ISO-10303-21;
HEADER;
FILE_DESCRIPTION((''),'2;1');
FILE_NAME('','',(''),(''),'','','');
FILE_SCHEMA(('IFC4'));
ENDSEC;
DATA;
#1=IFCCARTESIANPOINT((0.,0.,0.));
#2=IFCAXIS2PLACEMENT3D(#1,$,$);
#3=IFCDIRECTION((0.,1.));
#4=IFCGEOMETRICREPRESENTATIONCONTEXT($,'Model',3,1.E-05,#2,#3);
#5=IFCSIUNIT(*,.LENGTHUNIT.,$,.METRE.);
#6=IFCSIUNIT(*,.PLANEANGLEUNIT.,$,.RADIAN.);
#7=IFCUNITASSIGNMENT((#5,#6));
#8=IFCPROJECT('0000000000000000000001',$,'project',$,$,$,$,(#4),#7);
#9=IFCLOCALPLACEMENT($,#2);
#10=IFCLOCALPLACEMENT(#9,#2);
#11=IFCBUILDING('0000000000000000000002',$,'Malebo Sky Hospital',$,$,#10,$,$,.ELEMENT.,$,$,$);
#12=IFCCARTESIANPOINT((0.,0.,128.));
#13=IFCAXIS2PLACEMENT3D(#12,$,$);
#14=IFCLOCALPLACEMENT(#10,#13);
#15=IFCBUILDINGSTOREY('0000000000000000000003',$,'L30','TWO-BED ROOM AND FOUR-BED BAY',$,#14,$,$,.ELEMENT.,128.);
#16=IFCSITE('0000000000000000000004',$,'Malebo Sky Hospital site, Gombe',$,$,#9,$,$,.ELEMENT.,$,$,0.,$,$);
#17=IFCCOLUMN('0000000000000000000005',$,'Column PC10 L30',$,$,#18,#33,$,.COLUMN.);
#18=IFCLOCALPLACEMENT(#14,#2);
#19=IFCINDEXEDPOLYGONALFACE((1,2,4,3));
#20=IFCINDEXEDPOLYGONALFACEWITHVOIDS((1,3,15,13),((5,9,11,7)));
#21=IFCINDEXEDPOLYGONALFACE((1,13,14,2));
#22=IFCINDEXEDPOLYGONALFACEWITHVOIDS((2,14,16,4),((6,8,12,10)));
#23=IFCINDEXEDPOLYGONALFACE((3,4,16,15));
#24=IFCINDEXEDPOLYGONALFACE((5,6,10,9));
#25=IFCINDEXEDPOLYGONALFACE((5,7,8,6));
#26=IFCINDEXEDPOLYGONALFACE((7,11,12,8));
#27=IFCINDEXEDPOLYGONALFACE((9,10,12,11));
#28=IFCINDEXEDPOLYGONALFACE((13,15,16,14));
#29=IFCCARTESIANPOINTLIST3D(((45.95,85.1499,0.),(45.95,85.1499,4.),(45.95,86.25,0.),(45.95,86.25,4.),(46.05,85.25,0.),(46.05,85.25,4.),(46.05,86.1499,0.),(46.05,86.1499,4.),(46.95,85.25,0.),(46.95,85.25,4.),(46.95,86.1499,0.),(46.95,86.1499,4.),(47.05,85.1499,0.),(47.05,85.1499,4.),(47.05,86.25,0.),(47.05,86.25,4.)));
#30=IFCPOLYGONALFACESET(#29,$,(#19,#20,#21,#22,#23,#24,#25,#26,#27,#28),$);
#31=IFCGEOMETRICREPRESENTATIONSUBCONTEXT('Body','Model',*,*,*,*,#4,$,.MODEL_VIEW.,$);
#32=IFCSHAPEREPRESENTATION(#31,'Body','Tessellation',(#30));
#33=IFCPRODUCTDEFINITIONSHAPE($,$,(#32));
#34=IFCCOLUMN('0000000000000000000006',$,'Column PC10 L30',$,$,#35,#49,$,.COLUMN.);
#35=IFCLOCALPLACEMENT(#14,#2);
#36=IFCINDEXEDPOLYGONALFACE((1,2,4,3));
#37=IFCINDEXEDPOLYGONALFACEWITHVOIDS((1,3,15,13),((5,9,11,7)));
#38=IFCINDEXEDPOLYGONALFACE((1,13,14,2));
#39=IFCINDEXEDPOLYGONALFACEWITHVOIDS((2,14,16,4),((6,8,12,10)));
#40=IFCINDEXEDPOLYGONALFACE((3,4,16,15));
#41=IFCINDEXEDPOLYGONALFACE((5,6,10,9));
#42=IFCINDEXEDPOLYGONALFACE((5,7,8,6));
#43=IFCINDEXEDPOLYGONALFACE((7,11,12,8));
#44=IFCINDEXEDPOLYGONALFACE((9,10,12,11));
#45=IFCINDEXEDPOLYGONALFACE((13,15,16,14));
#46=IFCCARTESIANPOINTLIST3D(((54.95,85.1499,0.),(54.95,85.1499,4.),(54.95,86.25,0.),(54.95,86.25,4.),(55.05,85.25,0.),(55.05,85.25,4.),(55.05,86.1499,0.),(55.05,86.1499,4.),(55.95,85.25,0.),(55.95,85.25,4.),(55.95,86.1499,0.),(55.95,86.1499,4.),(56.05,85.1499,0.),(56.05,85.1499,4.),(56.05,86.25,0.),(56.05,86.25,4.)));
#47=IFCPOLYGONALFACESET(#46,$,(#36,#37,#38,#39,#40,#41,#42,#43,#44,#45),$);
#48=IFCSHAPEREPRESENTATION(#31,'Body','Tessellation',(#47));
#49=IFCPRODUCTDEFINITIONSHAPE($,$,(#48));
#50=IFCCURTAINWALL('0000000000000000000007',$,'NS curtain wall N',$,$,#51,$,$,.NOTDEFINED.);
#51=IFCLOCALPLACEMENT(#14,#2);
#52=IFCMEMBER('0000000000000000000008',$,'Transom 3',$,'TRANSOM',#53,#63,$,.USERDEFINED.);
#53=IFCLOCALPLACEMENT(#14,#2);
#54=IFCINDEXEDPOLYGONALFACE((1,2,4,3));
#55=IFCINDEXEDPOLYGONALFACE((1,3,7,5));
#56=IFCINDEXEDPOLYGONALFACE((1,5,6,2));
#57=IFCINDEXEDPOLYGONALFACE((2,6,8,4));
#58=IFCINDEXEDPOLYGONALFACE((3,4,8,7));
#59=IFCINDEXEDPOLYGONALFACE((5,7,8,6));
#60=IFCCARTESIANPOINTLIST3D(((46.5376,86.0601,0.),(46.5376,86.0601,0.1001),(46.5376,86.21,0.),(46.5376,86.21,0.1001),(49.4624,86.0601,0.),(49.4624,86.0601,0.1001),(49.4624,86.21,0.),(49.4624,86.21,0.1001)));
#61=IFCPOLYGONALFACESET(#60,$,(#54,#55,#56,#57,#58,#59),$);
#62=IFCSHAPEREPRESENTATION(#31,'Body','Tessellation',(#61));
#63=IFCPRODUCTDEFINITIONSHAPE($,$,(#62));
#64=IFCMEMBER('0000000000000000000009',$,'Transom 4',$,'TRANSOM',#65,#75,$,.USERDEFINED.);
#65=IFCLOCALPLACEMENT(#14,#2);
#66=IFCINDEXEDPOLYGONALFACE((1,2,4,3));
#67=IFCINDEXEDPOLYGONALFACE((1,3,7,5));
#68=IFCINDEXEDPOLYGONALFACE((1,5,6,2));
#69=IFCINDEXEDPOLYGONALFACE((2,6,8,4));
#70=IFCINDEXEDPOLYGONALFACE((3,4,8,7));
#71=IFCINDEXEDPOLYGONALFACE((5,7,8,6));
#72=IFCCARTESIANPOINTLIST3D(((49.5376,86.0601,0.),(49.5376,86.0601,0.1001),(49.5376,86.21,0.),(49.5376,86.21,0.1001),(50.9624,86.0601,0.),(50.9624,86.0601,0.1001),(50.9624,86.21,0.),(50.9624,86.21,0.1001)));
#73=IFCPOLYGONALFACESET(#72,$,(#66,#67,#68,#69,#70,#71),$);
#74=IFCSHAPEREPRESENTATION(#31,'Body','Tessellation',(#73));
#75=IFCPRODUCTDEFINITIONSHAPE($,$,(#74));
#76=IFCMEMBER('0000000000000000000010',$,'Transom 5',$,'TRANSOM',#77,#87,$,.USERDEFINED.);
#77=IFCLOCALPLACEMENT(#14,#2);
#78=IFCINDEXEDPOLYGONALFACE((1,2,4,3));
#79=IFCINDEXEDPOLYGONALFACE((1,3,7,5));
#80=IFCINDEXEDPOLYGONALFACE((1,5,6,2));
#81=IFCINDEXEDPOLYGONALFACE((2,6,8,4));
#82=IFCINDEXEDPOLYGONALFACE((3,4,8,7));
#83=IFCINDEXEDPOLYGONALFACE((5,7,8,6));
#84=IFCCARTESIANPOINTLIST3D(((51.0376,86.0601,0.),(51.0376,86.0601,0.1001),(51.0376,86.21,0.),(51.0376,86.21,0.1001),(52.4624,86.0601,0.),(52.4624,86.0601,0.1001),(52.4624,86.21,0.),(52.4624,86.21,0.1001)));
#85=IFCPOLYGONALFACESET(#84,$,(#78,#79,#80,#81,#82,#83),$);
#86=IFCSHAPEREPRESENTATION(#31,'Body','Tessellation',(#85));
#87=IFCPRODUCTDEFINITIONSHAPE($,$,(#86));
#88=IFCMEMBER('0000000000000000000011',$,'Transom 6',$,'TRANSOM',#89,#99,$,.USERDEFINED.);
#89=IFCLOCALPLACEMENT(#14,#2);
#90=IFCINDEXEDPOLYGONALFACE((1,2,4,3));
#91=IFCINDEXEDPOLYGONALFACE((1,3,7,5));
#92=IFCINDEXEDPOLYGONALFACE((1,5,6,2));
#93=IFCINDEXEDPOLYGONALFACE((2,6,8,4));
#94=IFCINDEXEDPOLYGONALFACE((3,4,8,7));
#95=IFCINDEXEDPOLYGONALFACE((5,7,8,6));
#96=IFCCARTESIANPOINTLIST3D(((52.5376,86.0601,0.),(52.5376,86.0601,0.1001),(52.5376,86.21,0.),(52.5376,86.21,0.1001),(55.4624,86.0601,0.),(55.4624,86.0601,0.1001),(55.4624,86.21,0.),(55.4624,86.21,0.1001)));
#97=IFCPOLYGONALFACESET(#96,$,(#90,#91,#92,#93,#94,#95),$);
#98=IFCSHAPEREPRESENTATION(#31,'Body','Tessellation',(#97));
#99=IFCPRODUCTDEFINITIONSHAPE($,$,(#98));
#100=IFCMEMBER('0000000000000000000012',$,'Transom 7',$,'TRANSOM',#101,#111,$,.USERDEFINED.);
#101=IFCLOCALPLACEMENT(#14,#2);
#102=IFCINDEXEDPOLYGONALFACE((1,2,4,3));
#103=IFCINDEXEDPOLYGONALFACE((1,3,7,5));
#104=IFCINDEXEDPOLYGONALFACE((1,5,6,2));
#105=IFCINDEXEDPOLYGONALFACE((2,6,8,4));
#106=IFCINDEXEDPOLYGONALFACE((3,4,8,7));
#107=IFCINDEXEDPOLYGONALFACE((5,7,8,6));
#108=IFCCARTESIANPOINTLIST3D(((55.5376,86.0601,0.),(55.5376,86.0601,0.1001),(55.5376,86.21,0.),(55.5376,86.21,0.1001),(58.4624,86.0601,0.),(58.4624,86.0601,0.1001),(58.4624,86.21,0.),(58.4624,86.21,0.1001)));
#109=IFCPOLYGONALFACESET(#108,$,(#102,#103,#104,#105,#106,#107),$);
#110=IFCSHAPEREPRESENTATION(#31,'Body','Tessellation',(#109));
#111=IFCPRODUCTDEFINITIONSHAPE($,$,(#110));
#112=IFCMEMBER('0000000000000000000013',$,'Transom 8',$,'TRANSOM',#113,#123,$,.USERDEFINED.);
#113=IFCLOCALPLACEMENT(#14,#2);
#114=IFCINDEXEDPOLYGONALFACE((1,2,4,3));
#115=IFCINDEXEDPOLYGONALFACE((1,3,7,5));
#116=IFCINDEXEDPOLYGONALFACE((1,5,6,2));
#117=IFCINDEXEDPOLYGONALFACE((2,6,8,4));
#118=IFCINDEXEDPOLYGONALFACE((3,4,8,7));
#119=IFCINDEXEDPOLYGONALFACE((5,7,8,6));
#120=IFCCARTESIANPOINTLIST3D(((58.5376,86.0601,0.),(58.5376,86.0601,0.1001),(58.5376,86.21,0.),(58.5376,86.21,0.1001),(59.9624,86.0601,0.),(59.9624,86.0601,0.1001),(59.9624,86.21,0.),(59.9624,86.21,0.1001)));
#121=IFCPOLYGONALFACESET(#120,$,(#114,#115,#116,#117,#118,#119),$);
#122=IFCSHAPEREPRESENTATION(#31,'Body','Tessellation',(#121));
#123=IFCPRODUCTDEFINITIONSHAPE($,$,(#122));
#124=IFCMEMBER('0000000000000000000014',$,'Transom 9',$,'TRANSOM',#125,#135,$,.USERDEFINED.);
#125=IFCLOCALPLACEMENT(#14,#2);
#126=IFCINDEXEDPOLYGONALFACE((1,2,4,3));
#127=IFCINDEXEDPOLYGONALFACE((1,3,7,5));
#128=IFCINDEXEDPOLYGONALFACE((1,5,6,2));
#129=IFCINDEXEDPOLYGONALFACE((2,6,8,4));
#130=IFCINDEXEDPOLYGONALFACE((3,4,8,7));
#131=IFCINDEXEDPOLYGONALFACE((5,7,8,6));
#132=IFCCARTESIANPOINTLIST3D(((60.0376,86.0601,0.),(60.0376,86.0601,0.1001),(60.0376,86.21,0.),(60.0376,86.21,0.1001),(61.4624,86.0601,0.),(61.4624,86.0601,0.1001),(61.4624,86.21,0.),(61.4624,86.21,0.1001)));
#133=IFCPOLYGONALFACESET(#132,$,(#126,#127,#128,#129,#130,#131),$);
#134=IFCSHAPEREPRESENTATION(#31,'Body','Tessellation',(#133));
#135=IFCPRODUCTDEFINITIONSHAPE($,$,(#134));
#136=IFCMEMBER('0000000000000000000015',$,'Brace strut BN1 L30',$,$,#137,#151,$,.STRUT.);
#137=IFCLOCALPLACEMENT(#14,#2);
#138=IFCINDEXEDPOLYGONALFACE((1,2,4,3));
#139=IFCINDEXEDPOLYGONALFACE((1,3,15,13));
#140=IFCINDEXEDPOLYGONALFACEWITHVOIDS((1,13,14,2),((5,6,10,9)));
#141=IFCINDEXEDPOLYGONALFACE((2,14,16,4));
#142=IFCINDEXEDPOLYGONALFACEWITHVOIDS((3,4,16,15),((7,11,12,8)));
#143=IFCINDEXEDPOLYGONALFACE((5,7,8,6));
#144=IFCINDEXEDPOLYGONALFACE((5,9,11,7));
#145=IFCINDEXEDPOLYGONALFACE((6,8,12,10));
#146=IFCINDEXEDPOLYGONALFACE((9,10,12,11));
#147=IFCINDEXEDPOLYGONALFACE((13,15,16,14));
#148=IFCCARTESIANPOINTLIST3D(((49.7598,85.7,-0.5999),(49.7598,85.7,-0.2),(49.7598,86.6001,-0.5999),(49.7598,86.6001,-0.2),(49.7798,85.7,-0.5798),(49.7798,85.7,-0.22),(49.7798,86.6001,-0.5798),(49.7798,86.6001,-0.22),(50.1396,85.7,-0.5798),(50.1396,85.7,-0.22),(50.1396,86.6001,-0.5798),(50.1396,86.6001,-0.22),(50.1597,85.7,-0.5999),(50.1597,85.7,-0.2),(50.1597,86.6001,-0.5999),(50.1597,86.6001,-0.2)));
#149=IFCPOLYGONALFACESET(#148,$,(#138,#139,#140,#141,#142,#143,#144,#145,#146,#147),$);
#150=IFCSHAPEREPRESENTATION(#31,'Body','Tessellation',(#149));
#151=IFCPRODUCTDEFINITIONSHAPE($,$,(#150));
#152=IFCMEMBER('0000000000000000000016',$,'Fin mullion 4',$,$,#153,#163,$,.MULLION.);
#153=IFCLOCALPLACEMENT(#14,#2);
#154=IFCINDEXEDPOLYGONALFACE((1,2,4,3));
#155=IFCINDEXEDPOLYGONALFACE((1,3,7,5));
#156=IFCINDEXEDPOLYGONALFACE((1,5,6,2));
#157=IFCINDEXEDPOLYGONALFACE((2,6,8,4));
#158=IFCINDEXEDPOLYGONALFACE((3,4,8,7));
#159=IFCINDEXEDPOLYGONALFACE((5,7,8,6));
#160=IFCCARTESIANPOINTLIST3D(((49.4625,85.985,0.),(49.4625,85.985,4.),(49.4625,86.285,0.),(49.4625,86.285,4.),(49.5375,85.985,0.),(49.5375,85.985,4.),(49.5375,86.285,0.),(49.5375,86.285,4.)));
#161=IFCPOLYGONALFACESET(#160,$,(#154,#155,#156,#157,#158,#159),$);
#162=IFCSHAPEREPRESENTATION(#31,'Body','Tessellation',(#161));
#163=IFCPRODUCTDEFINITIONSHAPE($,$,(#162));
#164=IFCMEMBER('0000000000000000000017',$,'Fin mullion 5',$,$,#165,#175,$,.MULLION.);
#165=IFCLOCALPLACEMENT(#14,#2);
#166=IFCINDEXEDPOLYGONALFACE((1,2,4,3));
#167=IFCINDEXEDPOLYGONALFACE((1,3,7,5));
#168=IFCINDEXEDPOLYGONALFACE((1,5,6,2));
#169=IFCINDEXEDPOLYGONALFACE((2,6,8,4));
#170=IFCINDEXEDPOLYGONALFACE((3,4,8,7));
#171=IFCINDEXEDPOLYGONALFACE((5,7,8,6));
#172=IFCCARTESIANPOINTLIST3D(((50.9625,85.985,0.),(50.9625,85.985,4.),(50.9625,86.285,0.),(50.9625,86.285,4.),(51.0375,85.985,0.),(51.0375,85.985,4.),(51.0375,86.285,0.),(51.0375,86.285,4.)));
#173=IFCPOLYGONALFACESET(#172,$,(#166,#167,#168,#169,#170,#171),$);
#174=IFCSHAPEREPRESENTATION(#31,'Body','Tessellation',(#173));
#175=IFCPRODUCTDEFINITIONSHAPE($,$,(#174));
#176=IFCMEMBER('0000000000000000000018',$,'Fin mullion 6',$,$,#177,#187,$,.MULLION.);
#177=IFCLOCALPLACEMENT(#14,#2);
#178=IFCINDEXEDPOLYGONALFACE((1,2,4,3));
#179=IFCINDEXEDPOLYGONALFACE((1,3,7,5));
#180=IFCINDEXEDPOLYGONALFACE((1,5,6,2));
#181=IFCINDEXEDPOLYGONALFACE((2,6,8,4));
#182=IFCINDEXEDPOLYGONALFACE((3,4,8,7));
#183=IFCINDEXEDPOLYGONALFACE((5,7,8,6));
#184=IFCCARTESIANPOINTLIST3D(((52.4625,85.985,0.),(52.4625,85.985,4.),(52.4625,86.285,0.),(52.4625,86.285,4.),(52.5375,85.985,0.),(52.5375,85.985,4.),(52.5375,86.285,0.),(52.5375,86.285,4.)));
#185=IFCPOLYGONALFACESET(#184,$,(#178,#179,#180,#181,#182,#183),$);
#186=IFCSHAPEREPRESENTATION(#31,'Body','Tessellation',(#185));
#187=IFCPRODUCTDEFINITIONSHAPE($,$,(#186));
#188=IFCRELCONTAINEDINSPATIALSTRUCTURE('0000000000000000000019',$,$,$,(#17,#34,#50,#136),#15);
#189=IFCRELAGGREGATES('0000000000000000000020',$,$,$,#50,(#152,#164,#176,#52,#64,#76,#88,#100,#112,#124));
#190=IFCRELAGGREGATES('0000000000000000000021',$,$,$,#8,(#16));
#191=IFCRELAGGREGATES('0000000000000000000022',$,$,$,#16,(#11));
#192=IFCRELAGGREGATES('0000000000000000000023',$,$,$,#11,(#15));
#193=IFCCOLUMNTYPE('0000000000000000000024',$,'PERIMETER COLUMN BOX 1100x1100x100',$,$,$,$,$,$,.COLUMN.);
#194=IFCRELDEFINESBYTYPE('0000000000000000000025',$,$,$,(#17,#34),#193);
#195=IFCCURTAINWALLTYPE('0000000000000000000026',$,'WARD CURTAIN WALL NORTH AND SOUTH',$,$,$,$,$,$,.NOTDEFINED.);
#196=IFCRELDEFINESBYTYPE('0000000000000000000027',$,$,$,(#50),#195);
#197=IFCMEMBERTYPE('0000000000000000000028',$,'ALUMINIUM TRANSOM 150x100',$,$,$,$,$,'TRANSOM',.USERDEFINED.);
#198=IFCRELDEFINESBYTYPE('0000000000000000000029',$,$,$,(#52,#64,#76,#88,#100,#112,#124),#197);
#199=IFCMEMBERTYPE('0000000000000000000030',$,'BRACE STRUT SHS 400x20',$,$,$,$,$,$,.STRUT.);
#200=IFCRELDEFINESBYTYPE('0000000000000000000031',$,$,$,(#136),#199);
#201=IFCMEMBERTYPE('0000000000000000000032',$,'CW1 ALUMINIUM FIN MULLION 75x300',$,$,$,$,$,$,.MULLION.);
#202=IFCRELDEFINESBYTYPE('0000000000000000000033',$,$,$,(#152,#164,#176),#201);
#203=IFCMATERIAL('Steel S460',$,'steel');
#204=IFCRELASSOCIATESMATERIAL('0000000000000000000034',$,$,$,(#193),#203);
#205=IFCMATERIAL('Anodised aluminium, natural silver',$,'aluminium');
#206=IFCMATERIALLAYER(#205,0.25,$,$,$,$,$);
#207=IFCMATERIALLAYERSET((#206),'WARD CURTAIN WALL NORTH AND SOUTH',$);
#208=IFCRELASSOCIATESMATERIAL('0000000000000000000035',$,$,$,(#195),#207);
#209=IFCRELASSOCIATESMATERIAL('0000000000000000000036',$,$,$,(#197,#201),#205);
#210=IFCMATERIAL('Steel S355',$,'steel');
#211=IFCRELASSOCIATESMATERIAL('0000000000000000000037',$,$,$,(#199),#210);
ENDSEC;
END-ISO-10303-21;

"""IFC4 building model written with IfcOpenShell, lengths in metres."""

from ifc_helpers import new_model, si_unit, direction, frame, origin, origin_2d, place, context, subcontext, project, spatial, rectangle, hollow_rectangle, extrude, material, layer, layer_set, material_profile, profile_set, type_object, element, aggregate, save


model = new_model("IFC4")

# Units and contexts
model_context = context("Model", 3, precision=1e-05, world=origin(), true_north=direction((0.0, 1.0)))
body_context = subcontext(model_context, "Body", "Model", "MODEL_VIEW")
ifc_project = project(units=[si_unit("LENGTHUNIT", "METRE"), si_unit("PLANEANGLEUNIT", "RADIAN")], contexts=[model_context])

# Site, building, storey
site_placement = place(None, origin())
site = spatial("IfcSite", under=ifc_project, at=site_placement, Name="Malebo Sky Hospital site, Gombe", CompositionType="ELEMENT", RefElevation=0.0)
building_placement = place(site_placement, origin())
building = spatial("IfcBuilding", under=site, at=building_placement, Name="Malebo Sky Hospital", CompositionType="ELEMENT")
storey_placement = place(building_placement, frame((0.0, 0.0, 128.0)))
storey = spatial("IfcBuildingStorey", under=building, at=storey_placement, Name="L30", Description="TWO-BED ROOM AND FOUR-BED BAY", CompositionType="ELEMENT", Elevation=128.0)

# Columns
ifc_material_1 = material(Name="Steel S460", Category="steel")
ifc_material_profile_1 = material_profile(ifc_material_1, hollow_rectangle(XDim=1.1001, YDim=1.1001, WallThickness=0.1001, at=origin_2d()), Name="BOX 1100x1100x100")
ifc_profile_set_1 = profile_set([ifc_material_profile_1], Name="Steel S460")
column_type = type_object("IfcColumnType", Name="PERIMETER COLUMN BOX 1100x1100x100", PredefinedType="COLUMN", material=ifc_profile_set_1)
for number, where, z_axis, x_axis, name in (
    (1, (46.5, 85.7, 0.0), (0.0, 0.0, 1.0), (1.0, 0.0, 0.0), "Column PC10 L30"),
    (2, (55.5, 85.7, 0.0), (0.0, 0.0, 1.0), (1.0, 0.0, 0.0), "Column PC10 L30"),
):
    element("IfcColumn", number, at=place(storey_placement, frame(where, z_axis=z_axis, x_axis=x_axis)), inside=storey, type_object=column_type, Name=name, PredefinedType="COLUMN", context=body_context, shape_type="SweptSolid", body=[
        extrude(hollow_rectangle(XDim=1.1001, YDim=1.1001, WallThickness=0.1001, at=origin_2d()), origin(), (0.0, 0.0, 1.0), 4.0),
    ])

# Curtain wall, members
ifc_material_2 = material(Name="Anodised aluminium, natural silver", Category="aluminium")
ifc_layer_1 = layer(ifc_material_2, 0.25)
ifc_layer_set_1 = layer_set([ifc_layer_1], Name="WARD CURTAIN WALL NORTH AND SOUTH")
curtain_wall_type = type_object("IfcCurtainWallType", Name="WARD CURTAIN WALL NORTH AND SOUTH", PredefinedType="NOTDEFINED", material=ifc_layer_set_1)
curtain_wall_placement = place(storey_placement, origin())
curtain_wall = element("IfcCurtainWall", 3, at=curtain_wall_placement, inside=storey, type_object=curtain_wall_type, Name="NS curtain wall N", PredefinedType="NOTDEFINED")
ifc_material_profile_2 = material_profile(ifc_material_2, rectangle(XDim=0.1499, YDim=0.1001, at=origin_2d()), Name="ALUMINIUM TRANSOM 150x100")
ifc_profile_set_2 = profile_set([ifc_material_profile_2], Name="Anodised aluminium, natural silver")
member_type_1 = type_object("IfcMemberType", Name="ALUMINIUM TRANSOM 150x100", ElementType="TRANSOM", PredefinedType="USERDEFINED", material=ifc_profile_set_2)
member_1_placement = place(storey_placement, frame((46.5376, 86.135, 0.05), z_axis=(1.0, 0.0, 0.0), x_axis=(0.0, 1.0, 0.0)))
member_1 = element("IfcMember", 4, at=member_1_placement, type_object=member_type_1, Name="Transom 3", ObjectType="TRANSOM", PredefinedType="USERDEFINED", context=body_context, shape_type="SweptSolid", body=[
    extrude(rectangle(XDim=0.1499, YDim=0.1001, at=origin_2d()), origin(), (0.0, 0.0, 1.0), 2.9248),
])
member_2_placement = place(storey_placement, frame((49.5376, 86.135, 0.05), z_axis=(1.0, 0.0, 0.0), x_axis=(0.0, 1.0, 0.0)))
member_2 = element("IfcMember", 5, at=member_2_placement, type_object=member_type_1, Name="Transom 4", ObjectType="TRANSOM", PredefinedType="USERDEFINED", context=body_context, shape_type="SweptSolid", body=[
    extrude(rectangle(XDim=0.1499, YDim=0.1001, at=origin_2d()), origin(), (0.0, 0.0, 1.0), 1.4248),
])
member_3_placement = place(storey_placement, frame((51.0376, 86.135, 0.05), z_axis=(1.0, 0.0, 0.0), x_axis=(0.0, 1.0, 0.0)))
member_3 = element("IfcMember", 6, at=member_3_placement, type_object=member_type_1, Name="Transom 5", ObjectType="TRANSOM", PredefinedType="USERDEFINED", context=body_context, shape_type="SweptSolid", body=[
    extrude(rectangle(XDim=0.1499, YDim=0.1001, at=origin_2d()), origin(), (0.0, 0.0, 1.0), 1.4248),
])
member_4_placement = place(storey_placement, frame((52.5376, 86.135, 0.05), z_axis=(1.0, 0.0, 0.0), x_axis=(0.0, 1.0, 0.0)))
member_4 = element("IfcMember", 7, at=member_4_placement, type_object=member_type_1, Name="Transom 6", ObjectType="TRANSOM", PredefinedType="USERDEFINED", context=body_context, shape_type="SweptSolid", body=[
    extrude(rectangle(XDim=0.1499, YDim=0.1001, at=origin_2d()), origin(), (0.0, 0.0, 1.0), 2.9248),
])
member_5_placement = place(storey_placement, frame((55.5376, 86.135, 0.05), z_axis=(1.0, 0.0, 0.0), x_axis=(0.0, 1.0, 0.0)))
member_5 = element("IfcMember", 8, at=member_5_placement, type_object=member_type_1, Name="Transom 7", ObjectType="TRANSOM", PredefinedType="USERDEFINED", context=body_context, shape_type="SweptSolid", body=[
    extrude(rectangle(XDim=0.1499, YDim=0.1001, at=origin_2d()), origin(), (0.0, 0.0, 1.0), 2.9248),
])
member_6_placement = place(storey_placement, frame((58.5376, 86.135, 0.05), z_axis=(1.0, 0.0, 0.0), x_axis=(0.0, 1.0, 0.0)))
member_6 = element("IfcMember", 9, at=member_6_placement, type_object=member_type_1, Name="Transom 8", ObjectType="TRANSOM", PredefinedType="USERDEFINED", context=body_context, shape_type="SweptSolid", body=[
    extrude(rectangle(XDim=0.1499, YDim=0.1001, at=origin_2d()), origin(), (0.0, 0.0, 1.0), 1.4248),
])
member_7_placement = place(storey_placement, frame((60.0376, 86.135, 0.05), z_axis=(1.0, 0.0, 0.0), x_axis=(0.0, 1.0, 0.0)))
member_7 = element("IfcMember", 10, at=member_7_placement, type_object=member_type_1, Name="Transom 9", ObjectType="TRANSOM", PredefinedType="USERDEFINED", context=body_context, shape_type="SweptSolid", body=[
    extrude(rectangle(XDim=0.1499, YDim=0.1001, at=origin_2d()), origin(), (0.0, 0.0, 1.0), 1.4248),
])

# Members
ifc_material_3 = material(Name="Steel S355", Category="steel")
ifc_material_profile_3 = material_profile(ifc_material_3, hollow_rectangle(XDim=0.3999, YDim=0.3999, WallThickness=0.02, at=origin_2d()), Name="SHS 400x20")
ifc_profile_set_3 = profile_set([ifc_material_profile_3], Name="Steel S355")
member_type_2 = type_object("IfcMemberType", Name="BRACE STRUT SHS 400x20", PredefinedType="STRUT", material=ifc_profile_set_3)
member_8_placement = place(storey_placement, frame((49.9597, 86.6001, -0.3999), z_axis=(0.0, -1.0, 0.0), x_axis=(1.0, 0.0, 0.0)))
element("IfcMember", 11, at=member_8_placement, inside=storey, type_object=member_type_2, Name="Brace strut BN1 L30", PredefinedType="STRUT", context=body_context, shape_type="SweptSolid", body=[
    extrude(hollow_rectangle(XDim=0.3999, YDim=0.3999, WallThickness=0.02, at=origin_2d()), origin(), (0.0, 0.0, 1.0), 0.9001),
])
ifc_material_profile_4 = material_profile(ifc_material_2, rectangle(XDim=0.075, YDim=0.3, at=origin_2d()), Name="CW1 ALUMINIUM FIN MULLION 75x300")
ifc_profile_set_4 = profile_set([ifc_material_profile_4], Name="Anodised aluminium, natural silver")
member_type_3 = type_object("IfcMemberType", Name="CW1 ALUMINIUM FIN MULLION 75x300", PredefinedType="MULLION", material=ifc_profile_set_4)
member_9_placement = place(storey_placement, frame((49.5, 86.135, 0.0), z_axis=(0.0, 0.0, 1.0), x_axis=(1.0, 0.0, 0.0)))
member_9 = element("IfcMember", 12, at=member_9_placement, type_object=member_type_3, Name="Fin mullion 4", PredefinedType="MULLION", context=body_context, shape_type="SweptSolid", body=[
    extrude(rectangle(XDim=0.075, YDim=0.3, at=origin_2d()), origin(), (0.0, 0.0, 1.0), 4.0),
])
member_10_placement = place(storey_placement, frame((51.0, 86.135, 0.0), z_axis=(0.0, 0.0, 1.0), x_axis=(1.0, 0.0, 0.0)))
member_10 = element("IfcMember", 13, at=member_10_placement, type_object=member_type_3, Name="Fin mullion 5", PredefinedType="MULLION", context=body_context, shape_type="SweptSolid", body=[
    extrude(rectangle(XDim=0.075, YDim=0.3, at=origin_2d()), origin(), (0.0, 0.0, 1.0), 4.0),
])
member_11_placement = place(storey_placement, frame((52.5, 86.135, 0.0), z_axis=(0.0, 0.0, 1.0), x_axis=(1.0, 0.0, 0.0)))
member_11 = element("IfcMember", 14, at=member_11_placement, type_object=member_type_3, Name="Fin mullion 6", PredefinedType="MULLION", context=body_context, shape_type="SweptSolid", body=[
    extrude(rectangle(XDim=0.075, YDim=0.3, at=origin_2d()), origin(), (0.0, 0.0, 1.0), 4.0),
])

aggregate(curtain_wall, [member_9, member_10, member_11, member_1, member_2, member_3, member_4, member_5, member_6, member_7])

save(model, "model.ifc")
